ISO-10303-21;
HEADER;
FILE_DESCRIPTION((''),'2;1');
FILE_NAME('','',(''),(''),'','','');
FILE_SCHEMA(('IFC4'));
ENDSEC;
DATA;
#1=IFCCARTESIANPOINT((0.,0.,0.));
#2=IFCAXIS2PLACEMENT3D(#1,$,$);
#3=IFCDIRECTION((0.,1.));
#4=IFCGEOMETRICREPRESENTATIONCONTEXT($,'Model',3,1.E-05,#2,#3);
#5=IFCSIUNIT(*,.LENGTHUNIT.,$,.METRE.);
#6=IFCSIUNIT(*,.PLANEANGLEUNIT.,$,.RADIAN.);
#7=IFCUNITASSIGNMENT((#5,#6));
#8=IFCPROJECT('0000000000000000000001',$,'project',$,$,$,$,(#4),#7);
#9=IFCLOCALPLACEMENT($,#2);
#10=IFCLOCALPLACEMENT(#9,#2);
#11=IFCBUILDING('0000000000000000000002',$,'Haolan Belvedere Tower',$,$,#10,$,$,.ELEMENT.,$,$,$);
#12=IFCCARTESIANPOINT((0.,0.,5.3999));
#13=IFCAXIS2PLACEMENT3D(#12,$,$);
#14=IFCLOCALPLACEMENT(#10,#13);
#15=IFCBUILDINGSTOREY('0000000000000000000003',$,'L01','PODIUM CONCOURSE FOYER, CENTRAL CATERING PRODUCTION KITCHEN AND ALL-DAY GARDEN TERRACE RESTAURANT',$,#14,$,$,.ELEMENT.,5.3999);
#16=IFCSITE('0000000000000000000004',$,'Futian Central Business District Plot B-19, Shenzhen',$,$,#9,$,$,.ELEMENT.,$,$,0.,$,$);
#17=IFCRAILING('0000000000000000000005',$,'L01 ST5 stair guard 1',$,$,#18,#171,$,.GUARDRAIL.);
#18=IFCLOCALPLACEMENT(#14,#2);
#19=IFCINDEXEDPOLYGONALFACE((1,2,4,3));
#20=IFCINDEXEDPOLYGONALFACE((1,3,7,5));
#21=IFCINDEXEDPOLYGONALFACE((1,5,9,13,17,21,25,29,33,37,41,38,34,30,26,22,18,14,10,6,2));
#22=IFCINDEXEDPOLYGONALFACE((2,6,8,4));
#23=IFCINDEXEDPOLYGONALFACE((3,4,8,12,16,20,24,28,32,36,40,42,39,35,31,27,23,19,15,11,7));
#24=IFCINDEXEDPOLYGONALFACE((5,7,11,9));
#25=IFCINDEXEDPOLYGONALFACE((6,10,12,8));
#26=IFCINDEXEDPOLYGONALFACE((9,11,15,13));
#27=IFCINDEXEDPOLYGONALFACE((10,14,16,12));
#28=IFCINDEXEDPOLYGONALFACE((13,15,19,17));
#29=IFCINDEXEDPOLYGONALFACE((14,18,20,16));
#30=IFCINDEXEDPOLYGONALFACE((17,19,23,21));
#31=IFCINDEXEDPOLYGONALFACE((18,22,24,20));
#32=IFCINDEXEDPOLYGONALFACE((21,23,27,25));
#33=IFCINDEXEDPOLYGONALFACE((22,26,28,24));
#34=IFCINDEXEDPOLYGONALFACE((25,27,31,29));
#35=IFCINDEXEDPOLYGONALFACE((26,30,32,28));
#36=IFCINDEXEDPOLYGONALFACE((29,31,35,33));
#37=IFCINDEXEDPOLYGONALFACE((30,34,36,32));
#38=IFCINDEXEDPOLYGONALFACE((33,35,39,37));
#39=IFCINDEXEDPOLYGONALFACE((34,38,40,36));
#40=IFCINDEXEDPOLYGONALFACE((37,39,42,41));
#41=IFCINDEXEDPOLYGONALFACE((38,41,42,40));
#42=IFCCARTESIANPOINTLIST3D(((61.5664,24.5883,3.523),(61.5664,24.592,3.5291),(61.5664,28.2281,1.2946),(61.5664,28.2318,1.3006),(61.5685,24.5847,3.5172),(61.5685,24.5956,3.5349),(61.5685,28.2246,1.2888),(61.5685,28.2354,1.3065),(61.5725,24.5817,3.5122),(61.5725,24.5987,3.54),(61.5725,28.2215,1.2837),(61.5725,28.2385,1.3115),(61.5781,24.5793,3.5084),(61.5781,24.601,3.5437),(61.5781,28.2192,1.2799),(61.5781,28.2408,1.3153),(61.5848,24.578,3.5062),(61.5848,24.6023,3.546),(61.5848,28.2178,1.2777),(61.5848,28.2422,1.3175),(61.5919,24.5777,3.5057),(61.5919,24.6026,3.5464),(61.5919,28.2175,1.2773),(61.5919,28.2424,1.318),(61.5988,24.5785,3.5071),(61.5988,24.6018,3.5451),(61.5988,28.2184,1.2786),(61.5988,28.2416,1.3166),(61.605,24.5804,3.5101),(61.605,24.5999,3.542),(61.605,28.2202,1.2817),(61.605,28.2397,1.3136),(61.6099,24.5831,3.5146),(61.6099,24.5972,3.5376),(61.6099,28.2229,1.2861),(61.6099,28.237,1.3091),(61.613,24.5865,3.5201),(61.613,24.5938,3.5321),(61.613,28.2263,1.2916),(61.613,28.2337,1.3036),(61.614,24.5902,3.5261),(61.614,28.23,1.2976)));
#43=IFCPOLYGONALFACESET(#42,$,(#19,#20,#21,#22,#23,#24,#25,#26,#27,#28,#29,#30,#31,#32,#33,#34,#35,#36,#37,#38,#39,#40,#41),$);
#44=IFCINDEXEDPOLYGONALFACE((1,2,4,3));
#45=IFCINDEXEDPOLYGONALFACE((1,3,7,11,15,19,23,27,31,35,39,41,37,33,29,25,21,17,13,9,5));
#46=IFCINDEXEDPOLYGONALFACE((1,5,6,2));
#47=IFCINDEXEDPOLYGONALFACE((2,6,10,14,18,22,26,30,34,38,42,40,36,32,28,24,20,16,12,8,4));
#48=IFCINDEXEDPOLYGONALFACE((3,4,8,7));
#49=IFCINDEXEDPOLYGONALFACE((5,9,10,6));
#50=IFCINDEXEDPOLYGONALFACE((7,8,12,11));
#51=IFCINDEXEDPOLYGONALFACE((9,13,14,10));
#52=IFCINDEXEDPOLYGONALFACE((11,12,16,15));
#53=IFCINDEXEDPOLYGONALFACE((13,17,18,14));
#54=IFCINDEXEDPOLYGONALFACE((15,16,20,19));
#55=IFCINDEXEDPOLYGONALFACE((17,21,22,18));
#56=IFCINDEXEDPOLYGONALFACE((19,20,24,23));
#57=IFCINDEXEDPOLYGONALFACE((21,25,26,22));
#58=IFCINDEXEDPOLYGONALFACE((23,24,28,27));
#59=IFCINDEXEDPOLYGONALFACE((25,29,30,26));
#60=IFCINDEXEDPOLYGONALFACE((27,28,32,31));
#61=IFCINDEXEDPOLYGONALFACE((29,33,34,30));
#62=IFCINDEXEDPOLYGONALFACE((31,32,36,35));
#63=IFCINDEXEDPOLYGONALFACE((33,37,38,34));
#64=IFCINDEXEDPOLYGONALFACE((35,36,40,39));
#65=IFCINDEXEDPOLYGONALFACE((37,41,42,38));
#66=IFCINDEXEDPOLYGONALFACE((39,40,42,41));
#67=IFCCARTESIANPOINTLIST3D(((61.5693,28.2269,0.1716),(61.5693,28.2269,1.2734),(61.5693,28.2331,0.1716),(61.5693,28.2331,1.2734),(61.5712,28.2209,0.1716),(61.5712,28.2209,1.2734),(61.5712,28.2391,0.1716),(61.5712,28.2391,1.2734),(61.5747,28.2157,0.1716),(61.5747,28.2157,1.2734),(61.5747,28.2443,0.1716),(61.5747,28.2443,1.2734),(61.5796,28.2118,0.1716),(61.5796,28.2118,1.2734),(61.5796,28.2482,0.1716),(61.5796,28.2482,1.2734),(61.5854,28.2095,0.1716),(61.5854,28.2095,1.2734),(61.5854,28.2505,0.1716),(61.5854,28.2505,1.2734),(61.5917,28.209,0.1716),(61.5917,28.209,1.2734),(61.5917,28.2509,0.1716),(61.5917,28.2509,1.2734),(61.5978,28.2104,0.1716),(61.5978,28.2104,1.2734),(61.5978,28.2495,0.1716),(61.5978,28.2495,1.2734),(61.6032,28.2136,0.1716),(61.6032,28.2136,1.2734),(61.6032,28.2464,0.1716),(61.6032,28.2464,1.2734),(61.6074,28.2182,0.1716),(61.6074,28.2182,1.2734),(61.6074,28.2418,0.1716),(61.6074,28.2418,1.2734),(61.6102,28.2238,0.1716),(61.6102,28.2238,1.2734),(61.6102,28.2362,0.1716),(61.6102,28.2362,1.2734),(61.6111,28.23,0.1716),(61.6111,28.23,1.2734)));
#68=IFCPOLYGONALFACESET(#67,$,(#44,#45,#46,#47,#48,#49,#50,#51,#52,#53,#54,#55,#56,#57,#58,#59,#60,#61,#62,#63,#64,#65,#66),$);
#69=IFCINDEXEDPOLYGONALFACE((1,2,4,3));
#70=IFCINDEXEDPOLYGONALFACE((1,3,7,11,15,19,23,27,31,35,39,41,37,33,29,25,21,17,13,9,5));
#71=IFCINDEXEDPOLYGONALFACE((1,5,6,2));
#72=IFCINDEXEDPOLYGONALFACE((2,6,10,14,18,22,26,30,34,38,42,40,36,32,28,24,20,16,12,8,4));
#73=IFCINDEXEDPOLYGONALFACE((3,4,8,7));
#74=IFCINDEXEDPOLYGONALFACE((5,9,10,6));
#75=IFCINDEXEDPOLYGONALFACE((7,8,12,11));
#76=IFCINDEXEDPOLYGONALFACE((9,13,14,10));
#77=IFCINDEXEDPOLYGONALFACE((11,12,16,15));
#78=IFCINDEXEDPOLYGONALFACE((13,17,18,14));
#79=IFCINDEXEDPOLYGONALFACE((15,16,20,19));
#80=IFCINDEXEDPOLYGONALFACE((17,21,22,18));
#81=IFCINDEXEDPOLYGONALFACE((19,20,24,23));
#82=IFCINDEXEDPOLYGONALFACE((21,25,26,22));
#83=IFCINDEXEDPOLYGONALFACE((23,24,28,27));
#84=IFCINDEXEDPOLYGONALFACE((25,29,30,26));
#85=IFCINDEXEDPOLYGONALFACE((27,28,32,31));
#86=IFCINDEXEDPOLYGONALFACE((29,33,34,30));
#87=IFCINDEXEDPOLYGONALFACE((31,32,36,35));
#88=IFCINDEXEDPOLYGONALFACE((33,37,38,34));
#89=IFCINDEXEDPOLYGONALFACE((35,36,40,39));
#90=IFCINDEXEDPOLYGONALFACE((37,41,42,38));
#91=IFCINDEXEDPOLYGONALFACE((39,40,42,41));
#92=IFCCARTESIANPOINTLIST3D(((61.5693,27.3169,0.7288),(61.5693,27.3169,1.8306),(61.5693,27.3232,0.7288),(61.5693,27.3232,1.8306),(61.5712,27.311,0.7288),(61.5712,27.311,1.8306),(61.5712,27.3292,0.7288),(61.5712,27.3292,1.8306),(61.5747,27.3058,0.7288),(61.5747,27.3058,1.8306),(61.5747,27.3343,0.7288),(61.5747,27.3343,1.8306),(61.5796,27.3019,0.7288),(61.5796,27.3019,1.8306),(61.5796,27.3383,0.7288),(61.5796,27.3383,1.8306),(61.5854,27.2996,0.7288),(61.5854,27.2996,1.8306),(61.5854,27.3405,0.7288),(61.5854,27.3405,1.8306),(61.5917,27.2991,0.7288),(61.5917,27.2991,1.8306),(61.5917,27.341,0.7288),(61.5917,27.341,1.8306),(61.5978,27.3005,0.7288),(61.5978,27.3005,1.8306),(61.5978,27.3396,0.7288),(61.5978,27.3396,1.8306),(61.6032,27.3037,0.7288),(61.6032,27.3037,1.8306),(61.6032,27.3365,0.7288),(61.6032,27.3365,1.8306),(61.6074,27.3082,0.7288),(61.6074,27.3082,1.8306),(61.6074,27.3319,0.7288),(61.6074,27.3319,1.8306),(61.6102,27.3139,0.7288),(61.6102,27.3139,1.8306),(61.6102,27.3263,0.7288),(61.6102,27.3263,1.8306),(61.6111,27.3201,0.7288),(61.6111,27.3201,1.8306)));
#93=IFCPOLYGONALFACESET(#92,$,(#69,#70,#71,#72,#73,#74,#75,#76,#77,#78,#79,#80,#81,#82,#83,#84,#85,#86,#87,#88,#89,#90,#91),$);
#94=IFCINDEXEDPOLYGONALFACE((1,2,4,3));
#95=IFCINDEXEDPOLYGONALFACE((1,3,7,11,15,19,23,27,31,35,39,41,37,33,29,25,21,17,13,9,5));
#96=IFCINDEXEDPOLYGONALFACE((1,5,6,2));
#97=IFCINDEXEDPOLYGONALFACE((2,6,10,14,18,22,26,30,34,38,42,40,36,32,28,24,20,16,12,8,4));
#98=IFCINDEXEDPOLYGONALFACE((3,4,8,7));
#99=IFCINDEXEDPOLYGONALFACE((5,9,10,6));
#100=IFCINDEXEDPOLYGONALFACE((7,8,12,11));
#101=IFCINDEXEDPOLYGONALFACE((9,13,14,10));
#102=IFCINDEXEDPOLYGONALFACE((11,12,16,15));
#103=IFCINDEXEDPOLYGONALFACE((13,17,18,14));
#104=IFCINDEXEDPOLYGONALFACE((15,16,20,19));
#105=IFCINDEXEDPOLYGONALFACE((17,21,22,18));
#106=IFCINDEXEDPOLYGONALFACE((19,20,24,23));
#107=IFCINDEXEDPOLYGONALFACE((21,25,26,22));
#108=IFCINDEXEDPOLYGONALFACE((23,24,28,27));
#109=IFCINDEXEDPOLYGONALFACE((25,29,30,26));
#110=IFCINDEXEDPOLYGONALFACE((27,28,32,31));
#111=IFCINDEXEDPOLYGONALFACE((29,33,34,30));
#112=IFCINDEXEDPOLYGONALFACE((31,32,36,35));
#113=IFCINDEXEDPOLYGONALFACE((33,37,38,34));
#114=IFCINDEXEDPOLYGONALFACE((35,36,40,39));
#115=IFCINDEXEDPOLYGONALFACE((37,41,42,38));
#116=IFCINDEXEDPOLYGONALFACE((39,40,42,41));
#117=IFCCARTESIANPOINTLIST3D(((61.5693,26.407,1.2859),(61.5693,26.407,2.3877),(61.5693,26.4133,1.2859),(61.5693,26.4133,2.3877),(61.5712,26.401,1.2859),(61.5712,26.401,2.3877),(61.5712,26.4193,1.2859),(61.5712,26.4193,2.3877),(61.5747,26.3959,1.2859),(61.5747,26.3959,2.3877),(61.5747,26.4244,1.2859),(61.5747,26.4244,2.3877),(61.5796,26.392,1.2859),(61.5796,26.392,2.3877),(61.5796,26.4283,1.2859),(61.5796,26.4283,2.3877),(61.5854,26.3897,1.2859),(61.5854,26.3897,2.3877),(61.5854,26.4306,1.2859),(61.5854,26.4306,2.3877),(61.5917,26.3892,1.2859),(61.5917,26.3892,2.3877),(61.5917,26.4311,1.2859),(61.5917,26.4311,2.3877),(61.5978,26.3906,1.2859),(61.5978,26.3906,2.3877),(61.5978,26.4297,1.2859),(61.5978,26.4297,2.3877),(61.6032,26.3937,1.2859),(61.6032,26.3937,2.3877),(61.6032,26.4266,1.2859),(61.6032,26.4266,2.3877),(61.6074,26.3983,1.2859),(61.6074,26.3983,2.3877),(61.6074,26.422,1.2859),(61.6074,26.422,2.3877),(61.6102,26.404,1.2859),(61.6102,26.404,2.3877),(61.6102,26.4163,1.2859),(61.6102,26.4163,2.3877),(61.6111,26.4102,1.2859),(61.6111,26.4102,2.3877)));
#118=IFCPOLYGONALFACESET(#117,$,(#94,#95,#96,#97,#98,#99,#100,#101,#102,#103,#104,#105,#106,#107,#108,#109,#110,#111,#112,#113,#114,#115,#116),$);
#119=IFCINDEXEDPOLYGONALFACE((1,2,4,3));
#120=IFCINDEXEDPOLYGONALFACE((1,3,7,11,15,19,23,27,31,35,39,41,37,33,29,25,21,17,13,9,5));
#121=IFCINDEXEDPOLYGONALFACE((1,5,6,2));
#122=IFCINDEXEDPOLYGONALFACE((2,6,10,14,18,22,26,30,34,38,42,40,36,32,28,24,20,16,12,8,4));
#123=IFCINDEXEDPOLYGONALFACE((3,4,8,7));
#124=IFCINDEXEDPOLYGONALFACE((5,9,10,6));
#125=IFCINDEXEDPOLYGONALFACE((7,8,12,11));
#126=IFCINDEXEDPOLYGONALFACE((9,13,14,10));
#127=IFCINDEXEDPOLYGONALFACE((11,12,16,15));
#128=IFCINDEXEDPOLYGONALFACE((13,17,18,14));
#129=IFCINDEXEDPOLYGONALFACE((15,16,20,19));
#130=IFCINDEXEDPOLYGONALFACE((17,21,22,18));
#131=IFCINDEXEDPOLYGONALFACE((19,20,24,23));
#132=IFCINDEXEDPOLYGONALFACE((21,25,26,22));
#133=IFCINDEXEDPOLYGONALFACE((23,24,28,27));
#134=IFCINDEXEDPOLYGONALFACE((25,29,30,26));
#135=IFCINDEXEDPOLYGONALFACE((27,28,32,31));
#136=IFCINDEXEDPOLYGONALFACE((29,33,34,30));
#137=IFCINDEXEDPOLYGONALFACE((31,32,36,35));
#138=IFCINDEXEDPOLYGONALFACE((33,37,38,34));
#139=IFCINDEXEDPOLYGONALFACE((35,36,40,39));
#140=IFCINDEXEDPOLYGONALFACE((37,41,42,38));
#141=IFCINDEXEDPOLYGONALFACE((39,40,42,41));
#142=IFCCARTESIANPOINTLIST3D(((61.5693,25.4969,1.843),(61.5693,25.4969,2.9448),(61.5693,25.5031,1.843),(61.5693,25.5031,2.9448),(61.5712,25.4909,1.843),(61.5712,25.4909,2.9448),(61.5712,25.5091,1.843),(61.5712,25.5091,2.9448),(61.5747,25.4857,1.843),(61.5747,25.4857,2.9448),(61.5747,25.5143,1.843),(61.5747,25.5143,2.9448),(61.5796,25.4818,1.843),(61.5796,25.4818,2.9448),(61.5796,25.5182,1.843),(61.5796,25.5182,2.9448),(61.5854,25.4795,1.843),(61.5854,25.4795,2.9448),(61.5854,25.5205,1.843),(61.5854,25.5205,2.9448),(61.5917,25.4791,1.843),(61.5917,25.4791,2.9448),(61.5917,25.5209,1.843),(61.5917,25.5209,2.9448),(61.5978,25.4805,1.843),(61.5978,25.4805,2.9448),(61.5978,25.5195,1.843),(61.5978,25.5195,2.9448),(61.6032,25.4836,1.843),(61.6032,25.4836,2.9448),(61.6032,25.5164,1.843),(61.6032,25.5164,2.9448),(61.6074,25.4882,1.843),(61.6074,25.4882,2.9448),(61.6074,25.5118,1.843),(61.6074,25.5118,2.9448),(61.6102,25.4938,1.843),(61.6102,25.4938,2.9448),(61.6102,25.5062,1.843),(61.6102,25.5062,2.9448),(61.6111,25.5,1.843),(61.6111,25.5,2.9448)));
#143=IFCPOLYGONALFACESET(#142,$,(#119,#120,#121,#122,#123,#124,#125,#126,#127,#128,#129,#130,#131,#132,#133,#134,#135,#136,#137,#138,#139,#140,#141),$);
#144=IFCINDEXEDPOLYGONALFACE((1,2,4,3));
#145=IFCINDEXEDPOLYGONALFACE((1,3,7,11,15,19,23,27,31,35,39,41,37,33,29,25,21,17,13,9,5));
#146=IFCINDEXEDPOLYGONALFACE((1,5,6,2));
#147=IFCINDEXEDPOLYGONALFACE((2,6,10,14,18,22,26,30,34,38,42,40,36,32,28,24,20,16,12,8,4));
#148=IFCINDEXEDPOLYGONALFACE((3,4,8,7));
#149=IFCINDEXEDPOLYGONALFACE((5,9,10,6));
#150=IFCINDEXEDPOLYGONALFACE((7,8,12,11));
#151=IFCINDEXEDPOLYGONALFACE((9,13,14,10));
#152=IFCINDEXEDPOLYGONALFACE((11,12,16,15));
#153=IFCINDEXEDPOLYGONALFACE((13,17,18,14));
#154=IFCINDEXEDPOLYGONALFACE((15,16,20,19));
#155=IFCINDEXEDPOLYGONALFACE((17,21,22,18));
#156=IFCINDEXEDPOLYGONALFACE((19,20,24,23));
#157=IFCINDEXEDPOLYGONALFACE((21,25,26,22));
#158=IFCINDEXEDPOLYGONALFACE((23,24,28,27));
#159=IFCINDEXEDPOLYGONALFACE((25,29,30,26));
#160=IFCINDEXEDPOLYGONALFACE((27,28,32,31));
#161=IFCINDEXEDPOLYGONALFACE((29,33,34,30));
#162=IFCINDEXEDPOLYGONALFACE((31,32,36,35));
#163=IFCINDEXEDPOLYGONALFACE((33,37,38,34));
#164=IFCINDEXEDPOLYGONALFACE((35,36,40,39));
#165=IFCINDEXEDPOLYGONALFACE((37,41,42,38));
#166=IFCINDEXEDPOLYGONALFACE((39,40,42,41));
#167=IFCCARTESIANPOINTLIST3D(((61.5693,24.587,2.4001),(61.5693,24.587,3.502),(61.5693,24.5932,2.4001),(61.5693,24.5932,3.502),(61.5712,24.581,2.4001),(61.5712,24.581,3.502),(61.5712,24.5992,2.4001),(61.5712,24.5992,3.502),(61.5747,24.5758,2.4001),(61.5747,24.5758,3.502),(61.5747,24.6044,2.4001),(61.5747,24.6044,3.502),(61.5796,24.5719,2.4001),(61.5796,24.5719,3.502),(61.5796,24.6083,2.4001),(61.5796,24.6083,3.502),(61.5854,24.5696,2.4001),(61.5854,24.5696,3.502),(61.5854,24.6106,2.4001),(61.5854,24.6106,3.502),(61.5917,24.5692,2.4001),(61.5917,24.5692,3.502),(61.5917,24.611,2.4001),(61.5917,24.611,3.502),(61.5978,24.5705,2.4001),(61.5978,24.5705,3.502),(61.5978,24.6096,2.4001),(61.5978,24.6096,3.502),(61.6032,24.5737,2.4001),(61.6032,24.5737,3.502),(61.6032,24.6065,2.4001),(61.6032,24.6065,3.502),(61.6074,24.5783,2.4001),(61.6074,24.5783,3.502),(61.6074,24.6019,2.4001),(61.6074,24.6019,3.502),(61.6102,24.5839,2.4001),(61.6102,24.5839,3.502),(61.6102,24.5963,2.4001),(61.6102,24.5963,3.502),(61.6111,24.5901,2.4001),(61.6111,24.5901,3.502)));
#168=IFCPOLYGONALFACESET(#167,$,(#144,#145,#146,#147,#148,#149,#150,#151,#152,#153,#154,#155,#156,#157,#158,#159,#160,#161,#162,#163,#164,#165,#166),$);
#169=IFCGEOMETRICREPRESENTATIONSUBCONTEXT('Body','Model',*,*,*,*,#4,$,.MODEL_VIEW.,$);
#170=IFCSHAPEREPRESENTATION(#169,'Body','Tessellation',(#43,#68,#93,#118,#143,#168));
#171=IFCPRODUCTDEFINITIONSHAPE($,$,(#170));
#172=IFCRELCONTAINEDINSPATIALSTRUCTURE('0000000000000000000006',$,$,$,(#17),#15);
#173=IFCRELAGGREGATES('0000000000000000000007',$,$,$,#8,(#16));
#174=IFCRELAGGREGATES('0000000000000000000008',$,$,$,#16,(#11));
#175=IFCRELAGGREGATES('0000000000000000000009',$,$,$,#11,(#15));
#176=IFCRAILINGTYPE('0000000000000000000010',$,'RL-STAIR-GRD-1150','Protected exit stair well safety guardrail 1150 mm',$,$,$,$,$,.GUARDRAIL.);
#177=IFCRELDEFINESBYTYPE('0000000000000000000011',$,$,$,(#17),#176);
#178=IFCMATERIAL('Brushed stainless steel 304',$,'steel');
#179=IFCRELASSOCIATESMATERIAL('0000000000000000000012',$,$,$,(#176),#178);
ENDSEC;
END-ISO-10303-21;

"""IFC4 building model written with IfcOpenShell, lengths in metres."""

from ifc_helpers import new_model, si_unit, direction, frame, origin, origin_2d, place, context, subcontext, project, spatial, circle, extrude, material, type_object, element, save


model = new_model("IFC4")

# Units and contexts
model_context = context("Model", 3, precision=1e-05, world=origin(), true_north=direction((0.0, 1.0)))
body_context = subcontext(model_context, "Body", "Model", "MODEL_VIEW")
ifc_project = project(units=[si_unit("LENGTHUNIT", "METRE"), si_unit("PLANEANGLEUNIT", "RADIAN")], contexts=[model_context])

# Site, building, storey
site_placement = place(None, origin())
site = spatial("IfcSite", under=ifc_project, at=site_placement, Name="Futian Central Business District Plot B-19, Shenzhen", CompositionType="ELEMENT", RefElevation=0.0)
building_placement = place(site_placement, origin())
building = spatial("IfcBuilding", under=site, at=building_placement, Name="Haolan Belvedere Tower", CompositionType="ELEMENT")
storey_placement = place(building_placement, frame((0.0, 0.0, 5.3999)))
storey = spatial("IfcBuildingStorey", under=building, at=storey_placement, Name="L01", Description="PODIUM CONCOURSE FOYER, CENTRAL CATERING PRODUCTION KITCHEN AND ALL-DAY GARDEN TERRACE RESTAURANT", CompositionType="ELEMENT", Elevation=5.3999)

# Railing
ifc_material_1 = material(Name="Brushed stainless steel 304", Category="steel")
railing_type_1 = type_object("IfcRailingType", Name="RL-STAIR-GRD-1150", Description="Protected exit stair well safety guardrail 1150 mm", PredefinedType="GUARDRAIL", material=ifc_material_1)
railing_1_placement = place(storey_placement, frame((61.5901, 28.23, 0.1716)))
element("IfcRailing", 1, at=railing_1_placement, inside=storey, type_object=railing_type_1, Name="L01 ST5 stair guard 1", PredefinedType="GUARDRAIL", context=body_context, shape_type="SweptSolid", body=[
    extrude(circle(Radius=0.0239, at=origin_2d()), frame((0.0, 0.0, 1.126), z_axis=(0.0, -0.85285, 0.522156), x_axis=(1.0, 0.0, 0.0)), (0.0, 0.0, 1.0), 4.2678),
    extrude(circle(Radius=0.021, at=origin_2d()), origin(), (0.0, 0.0, 1.0), 1.1018),
    extrude(circle(Radius=0.021, at=origin_2d()), frame((0.0, -0.9099, 0.5571)), (0.0, 0.0, 1.0), 1.1018),
    extrude(circle(Radius=0.021, at=origin_2d()), frame((0.0, -1.8198, 1.1143)), (0.0, 0.0, 1.0), 1.1018),
    extrude(circle(Radius=0.021, at=origin_2d()), frame((0.0, -2.73, 1.6714)), (0.0, 0.0, 1.0), 1.1018),
    extrude(circle(Radius=0.021, at=origin_2d()), frame((0.0, -3.6399, 2.2285)), (0.0, 0.0, 1.0), 1.1018),
])

save(model, "model.ifc")
